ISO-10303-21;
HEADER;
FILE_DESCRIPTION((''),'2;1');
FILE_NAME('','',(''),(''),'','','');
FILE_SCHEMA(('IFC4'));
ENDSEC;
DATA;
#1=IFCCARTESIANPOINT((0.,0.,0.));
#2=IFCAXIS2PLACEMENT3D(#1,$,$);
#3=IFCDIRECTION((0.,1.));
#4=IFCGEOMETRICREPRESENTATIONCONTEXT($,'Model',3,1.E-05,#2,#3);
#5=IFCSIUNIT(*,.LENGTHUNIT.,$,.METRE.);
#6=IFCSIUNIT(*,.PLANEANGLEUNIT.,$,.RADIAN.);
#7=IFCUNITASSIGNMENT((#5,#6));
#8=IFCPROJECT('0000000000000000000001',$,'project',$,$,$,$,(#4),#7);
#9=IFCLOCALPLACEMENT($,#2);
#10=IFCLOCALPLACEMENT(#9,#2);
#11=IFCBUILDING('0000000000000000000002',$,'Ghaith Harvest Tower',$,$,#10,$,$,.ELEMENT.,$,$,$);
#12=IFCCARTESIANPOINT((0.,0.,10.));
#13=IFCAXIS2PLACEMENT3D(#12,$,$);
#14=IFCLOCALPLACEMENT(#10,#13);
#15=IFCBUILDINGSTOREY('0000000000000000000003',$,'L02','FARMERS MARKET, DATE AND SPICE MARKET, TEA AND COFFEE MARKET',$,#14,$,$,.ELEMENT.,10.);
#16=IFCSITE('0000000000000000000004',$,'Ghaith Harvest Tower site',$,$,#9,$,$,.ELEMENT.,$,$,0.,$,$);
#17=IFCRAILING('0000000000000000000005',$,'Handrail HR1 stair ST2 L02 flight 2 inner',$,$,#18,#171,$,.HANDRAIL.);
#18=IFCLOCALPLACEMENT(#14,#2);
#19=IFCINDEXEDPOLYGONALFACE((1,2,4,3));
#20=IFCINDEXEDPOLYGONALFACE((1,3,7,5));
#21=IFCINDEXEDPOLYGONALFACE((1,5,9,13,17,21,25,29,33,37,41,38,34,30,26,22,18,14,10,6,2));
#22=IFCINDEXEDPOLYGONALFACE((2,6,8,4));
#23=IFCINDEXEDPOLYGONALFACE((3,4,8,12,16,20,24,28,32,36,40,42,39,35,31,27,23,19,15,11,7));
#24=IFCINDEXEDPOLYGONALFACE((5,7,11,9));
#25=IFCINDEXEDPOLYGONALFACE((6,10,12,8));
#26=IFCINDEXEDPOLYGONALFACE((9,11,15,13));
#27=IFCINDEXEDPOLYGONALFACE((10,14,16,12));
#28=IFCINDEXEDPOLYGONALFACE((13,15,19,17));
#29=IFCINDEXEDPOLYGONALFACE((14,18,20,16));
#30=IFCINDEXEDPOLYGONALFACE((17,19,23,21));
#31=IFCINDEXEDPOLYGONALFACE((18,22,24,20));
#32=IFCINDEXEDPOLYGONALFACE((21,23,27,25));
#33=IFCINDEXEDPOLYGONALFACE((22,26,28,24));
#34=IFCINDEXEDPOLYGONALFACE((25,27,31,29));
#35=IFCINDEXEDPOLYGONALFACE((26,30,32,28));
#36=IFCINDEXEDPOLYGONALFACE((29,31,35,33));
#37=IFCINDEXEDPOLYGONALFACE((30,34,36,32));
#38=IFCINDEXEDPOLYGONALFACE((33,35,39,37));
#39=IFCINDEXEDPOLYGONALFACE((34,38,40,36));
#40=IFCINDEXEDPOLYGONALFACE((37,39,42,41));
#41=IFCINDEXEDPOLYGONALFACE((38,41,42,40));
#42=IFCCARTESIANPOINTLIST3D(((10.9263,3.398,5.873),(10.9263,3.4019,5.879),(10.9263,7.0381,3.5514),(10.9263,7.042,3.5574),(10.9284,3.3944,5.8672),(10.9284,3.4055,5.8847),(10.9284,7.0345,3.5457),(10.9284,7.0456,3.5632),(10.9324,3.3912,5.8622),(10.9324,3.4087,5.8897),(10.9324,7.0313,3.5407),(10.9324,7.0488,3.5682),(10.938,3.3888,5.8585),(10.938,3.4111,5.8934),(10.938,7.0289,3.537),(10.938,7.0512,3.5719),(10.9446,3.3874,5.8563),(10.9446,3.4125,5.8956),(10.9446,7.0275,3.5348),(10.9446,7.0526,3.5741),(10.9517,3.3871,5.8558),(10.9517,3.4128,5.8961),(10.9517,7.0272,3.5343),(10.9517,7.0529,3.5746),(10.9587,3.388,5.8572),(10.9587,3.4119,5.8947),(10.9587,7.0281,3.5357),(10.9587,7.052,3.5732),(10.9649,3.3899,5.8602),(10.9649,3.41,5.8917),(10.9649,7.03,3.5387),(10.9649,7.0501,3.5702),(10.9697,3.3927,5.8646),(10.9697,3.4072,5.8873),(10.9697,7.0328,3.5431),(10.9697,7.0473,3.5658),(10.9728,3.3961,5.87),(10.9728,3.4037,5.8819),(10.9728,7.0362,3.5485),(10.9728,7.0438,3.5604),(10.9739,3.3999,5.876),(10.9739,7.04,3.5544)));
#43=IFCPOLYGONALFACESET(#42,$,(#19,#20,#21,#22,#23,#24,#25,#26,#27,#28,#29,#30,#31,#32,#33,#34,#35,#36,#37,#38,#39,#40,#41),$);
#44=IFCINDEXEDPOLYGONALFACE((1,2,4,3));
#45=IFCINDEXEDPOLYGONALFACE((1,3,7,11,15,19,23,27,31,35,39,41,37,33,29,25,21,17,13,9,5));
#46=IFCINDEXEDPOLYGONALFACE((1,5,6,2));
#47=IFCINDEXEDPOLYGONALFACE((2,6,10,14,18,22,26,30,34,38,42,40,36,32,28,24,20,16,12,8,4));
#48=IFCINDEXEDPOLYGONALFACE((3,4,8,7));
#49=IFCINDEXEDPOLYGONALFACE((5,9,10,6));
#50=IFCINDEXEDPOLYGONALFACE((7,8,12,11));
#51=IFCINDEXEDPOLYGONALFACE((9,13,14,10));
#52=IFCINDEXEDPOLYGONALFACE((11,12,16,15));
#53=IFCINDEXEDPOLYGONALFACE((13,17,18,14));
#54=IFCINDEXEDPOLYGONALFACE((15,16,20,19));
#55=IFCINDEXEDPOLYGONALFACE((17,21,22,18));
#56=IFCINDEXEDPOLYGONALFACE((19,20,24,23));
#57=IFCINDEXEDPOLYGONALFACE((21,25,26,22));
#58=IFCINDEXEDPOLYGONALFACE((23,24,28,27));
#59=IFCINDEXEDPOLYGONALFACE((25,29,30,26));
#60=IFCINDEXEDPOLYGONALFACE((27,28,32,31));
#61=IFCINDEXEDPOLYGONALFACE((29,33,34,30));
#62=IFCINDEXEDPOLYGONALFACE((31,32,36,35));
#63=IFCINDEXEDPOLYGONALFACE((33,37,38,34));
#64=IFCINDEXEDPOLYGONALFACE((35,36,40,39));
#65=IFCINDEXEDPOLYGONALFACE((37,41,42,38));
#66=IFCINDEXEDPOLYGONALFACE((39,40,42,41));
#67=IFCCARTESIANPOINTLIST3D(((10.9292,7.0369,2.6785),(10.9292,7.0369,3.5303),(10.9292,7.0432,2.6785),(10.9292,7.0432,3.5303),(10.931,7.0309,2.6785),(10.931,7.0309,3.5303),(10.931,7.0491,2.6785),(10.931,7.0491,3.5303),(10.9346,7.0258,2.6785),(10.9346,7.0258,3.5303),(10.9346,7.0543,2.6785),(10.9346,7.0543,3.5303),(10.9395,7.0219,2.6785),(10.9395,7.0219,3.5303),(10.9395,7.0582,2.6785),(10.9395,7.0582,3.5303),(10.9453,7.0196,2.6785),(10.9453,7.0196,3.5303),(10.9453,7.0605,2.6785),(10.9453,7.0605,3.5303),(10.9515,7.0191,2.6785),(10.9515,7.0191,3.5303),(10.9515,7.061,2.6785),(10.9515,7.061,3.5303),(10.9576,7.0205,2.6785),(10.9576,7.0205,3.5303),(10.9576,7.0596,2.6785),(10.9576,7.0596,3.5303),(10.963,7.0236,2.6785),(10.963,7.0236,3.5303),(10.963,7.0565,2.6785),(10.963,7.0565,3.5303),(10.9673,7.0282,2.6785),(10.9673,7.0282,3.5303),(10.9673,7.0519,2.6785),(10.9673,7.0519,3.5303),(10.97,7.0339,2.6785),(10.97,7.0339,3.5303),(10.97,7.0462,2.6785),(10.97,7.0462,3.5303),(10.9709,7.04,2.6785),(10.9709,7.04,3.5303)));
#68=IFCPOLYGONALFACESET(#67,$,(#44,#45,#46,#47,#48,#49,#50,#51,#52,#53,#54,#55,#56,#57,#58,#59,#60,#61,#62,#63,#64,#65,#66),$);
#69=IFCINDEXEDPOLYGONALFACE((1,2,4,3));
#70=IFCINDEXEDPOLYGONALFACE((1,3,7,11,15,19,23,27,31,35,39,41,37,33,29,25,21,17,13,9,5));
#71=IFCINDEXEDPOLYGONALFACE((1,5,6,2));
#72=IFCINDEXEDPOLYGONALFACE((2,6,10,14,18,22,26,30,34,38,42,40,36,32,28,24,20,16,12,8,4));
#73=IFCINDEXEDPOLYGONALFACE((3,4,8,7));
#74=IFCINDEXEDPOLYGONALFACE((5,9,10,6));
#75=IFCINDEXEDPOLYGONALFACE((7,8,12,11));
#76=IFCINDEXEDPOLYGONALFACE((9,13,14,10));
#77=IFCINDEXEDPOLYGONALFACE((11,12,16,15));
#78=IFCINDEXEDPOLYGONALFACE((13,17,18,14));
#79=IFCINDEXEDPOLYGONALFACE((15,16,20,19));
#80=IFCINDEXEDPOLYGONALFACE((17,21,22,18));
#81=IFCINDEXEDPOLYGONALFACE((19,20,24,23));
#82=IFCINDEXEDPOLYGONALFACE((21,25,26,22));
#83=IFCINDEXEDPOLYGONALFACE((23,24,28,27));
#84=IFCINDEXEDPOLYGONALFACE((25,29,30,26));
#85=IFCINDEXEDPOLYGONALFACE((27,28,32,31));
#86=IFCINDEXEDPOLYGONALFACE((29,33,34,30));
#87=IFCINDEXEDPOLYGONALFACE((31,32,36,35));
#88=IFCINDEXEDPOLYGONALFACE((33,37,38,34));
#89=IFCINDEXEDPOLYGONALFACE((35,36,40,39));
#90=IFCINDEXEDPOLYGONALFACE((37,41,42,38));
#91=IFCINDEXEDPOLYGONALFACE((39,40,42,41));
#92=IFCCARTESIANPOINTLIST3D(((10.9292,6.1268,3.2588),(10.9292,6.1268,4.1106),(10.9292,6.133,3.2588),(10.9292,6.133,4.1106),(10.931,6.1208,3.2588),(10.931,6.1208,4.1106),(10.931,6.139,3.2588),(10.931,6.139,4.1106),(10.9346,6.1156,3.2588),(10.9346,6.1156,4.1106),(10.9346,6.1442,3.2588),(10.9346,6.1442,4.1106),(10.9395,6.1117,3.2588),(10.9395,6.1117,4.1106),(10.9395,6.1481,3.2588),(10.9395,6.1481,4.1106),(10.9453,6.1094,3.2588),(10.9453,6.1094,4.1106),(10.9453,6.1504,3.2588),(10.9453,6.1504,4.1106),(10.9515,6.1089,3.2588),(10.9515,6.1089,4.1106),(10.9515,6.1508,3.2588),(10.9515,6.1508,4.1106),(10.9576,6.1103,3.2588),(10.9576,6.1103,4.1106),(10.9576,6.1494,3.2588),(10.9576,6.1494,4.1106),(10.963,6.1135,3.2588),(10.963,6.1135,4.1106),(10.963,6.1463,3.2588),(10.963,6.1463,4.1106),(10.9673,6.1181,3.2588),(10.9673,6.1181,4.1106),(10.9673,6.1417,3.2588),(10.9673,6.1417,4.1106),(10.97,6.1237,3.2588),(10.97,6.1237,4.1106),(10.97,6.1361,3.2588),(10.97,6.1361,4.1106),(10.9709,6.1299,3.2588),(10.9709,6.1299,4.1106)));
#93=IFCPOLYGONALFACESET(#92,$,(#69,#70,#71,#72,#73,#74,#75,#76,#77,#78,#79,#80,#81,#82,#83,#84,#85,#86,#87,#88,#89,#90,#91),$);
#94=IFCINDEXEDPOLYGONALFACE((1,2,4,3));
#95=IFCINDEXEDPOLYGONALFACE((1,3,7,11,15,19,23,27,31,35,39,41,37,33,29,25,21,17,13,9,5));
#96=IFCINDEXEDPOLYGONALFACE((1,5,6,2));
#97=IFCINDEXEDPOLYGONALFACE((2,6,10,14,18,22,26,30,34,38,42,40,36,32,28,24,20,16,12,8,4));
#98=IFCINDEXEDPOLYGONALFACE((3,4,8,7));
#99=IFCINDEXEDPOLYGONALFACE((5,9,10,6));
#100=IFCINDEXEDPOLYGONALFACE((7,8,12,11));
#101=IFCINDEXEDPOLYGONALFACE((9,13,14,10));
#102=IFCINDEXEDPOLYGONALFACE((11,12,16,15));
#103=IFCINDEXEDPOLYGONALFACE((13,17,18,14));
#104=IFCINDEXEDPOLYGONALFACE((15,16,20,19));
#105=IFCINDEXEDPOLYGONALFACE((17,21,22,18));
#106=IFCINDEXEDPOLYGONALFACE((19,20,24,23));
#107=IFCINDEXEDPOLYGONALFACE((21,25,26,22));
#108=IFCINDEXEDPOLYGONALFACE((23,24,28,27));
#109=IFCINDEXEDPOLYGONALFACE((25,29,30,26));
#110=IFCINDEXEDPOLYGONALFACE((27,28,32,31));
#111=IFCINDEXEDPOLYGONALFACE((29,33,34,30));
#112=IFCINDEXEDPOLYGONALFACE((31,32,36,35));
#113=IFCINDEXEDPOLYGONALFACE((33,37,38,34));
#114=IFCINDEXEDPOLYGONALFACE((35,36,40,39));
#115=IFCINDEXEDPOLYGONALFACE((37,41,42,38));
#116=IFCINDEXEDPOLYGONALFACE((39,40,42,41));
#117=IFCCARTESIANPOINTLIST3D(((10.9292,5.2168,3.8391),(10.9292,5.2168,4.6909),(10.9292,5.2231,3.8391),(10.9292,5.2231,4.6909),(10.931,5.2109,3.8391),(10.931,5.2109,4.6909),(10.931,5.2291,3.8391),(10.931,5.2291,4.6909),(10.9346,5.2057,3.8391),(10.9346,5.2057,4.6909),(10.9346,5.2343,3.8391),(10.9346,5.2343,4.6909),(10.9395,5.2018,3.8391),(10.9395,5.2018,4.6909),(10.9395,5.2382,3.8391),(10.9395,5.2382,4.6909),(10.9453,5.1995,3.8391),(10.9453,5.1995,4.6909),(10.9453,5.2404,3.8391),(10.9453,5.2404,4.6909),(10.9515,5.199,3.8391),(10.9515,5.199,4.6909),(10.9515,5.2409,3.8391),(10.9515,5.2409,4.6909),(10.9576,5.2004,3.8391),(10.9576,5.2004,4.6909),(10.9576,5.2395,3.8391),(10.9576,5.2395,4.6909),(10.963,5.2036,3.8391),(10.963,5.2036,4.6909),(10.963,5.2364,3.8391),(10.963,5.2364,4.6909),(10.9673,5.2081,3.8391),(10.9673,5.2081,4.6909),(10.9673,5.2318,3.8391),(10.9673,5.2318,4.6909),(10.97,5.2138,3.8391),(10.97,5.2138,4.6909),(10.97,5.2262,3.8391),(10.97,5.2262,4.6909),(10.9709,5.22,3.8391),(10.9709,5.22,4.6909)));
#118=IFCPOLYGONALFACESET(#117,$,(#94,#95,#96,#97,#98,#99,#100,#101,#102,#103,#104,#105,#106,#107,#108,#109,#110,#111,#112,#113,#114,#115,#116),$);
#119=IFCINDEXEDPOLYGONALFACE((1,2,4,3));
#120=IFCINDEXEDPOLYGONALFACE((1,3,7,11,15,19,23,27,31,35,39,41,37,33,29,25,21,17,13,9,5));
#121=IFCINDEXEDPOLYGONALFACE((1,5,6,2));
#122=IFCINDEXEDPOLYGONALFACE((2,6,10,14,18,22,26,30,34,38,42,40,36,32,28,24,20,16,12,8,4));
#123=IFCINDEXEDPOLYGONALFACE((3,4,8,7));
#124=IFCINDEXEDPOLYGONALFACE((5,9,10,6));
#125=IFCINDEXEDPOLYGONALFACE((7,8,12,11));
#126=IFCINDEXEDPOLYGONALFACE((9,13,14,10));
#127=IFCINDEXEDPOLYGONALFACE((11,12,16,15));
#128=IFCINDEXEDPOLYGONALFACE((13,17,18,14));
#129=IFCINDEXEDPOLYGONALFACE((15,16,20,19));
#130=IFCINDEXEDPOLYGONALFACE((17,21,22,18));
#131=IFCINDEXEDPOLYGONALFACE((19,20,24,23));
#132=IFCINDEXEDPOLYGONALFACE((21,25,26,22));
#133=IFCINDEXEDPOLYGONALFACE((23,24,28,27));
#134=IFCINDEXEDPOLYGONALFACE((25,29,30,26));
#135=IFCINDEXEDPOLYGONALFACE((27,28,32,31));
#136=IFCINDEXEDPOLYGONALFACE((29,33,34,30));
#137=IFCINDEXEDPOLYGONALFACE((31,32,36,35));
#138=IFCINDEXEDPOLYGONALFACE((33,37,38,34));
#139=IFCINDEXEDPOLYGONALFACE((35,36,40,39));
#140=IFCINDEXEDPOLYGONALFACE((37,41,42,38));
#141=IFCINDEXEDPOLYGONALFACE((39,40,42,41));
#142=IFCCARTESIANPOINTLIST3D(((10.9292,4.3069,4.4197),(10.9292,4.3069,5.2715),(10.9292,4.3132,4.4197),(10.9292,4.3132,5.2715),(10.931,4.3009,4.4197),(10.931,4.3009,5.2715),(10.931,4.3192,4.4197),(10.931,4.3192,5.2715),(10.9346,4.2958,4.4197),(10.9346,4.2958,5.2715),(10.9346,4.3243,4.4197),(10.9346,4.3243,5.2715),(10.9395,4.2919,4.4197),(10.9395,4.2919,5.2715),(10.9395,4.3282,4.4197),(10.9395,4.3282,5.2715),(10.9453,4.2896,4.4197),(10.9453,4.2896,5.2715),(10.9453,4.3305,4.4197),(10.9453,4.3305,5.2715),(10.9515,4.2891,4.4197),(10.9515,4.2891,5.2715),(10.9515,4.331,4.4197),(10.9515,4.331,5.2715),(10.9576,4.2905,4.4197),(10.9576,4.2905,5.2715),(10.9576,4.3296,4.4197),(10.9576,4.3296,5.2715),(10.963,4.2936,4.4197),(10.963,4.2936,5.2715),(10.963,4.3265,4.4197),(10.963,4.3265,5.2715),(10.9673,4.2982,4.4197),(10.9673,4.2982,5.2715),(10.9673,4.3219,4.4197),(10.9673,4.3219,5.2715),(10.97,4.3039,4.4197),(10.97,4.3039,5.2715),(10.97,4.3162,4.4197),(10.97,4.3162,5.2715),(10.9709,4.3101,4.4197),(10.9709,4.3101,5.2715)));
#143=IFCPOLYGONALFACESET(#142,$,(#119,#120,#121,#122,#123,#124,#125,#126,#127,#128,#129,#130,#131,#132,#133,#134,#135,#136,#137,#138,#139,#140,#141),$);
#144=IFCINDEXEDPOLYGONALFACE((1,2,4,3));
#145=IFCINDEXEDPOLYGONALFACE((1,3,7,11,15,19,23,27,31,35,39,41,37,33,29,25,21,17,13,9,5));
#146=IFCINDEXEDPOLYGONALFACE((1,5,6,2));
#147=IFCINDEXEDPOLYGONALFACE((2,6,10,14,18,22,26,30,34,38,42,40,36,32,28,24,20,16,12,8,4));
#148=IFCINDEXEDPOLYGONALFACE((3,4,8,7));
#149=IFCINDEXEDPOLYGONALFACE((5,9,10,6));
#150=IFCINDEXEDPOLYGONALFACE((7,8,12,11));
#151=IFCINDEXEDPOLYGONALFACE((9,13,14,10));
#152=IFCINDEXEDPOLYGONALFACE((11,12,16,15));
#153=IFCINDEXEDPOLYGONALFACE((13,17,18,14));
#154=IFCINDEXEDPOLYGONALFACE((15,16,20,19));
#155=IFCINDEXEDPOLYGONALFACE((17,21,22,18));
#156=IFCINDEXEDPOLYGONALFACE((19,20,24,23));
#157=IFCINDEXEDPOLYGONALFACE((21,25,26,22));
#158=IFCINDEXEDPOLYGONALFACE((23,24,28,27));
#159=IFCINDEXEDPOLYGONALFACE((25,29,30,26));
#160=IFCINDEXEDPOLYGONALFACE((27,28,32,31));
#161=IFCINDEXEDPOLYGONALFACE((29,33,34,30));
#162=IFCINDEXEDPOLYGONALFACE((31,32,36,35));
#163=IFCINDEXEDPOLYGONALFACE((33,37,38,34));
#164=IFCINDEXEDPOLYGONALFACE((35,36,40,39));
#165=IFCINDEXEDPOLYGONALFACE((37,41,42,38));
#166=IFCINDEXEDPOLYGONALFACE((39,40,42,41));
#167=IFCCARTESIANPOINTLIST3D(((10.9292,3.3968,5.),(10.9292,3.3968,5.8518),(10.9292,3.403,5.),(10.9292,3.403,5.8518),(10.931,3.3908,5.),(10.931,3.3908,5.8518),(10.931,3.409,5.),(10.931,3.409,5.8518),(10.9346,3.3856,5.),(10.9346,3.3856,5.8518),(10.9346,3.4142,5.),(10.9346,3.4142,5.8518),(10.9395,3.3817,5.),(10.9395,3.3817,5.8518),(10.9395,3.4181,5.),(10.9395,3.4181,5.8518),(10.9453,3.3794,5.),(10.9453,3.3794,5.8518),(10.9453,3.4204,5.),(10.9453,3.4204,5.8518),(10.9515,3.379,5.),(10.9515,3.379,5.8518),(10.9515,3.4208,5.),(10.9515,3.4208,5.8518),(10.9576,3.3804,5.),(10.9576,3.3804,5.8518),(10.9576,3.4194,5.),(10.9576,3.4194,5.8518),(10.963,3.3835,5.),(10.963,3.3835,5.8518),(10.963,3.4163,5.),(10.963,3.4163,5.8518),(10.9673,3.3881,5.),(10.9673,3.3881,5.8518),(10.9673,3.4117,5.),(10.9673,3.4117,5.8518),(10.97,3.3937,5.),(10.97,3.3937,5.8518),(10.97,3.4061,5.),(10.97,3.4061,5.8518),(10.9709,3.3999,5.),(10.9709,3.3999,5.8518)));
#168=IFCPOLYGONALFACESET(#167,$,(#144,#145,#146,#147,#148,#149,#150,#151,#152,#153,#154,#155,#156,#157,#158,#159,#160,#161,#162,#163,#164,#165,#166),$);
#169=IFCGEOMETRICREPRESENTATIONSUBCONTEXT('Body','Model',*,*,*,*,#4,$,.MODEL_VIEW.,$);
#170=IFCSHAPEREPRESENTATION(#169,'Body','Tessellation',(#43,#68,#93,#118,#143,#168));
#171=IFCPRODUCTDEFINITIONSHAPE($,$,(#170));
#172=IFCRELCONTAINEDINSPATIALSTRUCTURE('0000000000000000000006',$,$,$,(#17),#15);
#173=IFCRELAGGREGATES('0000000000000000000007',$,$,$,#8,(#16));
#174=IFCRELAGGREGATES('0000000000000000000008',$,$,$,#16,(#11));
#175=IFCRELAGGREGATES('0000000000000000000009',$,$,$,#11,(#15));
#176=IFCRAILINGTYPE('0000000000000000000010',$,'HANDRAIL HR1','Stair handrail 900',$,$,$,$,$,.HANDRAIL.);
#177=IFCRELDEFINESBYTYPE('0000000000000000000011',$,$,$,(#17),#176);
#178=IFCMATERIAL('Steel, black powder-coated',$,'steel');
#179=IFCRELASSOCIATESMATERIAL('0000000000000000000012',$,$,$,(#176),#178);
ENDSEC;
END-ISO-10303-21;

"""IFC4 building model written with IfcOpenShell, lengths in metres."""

from ifc_helpers import new_model, si_unit, direction, frame, origin, origin_2d, place, context, subcontext, project, spatial, circle, extrude, material, type_object, element, save


model = new_model("IFC4")

# Units and contexts
model_context = context("Model", 3, precision=1e-05, world=origin(), true_north=direction((0.0, 1.0)))
body_context = subcontext(model_context, "Body", "Model", "MODEL_VIEW")
ifc_project = project(units=[si_unit("LENGTHUNIT", "METRE"), si_unit("PLANEANGLEUNIT", "RADIAN")], contexts=[model_context])

# Site, building, storey
site_placement = place(None, origin())
site = spatial("IfcSite", under=ifc_project, at=site_placement, Name="Ghaith Harvest Tower site", CompositionType="ELEMENT", RefElevation=0.0)
building_placement = place(site_placement, origin())
building = spatial("IfcBuilding", under=site, at=building_placement, Name="Ghaith Harvest Tower", CompositionType="ELEMENT")
storey_placement = place(building_placement, frame((0.0, 0.0, 10.0)))
storey = spatial("IfcBuildingStorey", under=building, at=storey_placement, Name="L02", Description="FARMERS MARKET, DATE AND SPICE MARKET, TEA AND COFFEE MARKET", CompositionType="ELEMENT", Elevation=10.0)

# Railing
ifc_material_1 = material(Name="Steel, black powder-coated", Category="steel")
railing_type = type_object("IfcRailingType", Name="HANDRAIL HR1", Description="Stair handrail 900", PredefinedType="HANDRAIL", material=ifc_material_1)
railing_1_placement = place(storey_placement, frame((10.95, 7.04, 2.6785)))
element("IfcRailing", 1, at=railing_1_placement, inside=storey, type_object=railing_type, Name="Handrail HR1 stair ST2 L02 flight 2 inner", PredefinedType="HANDRAIL", context=body_context, shape_type="SweptSolid", body=[
    extrude(circle(Radius=0.0239, at=origin_2d()), frame((0.0, 0.0, 0.876), z_axis=(0.0, -0.843128, 0.537713), x_axis=(1.0, 0.0, 0.0)), (0.0, 0.0, 1.0), 4.3174),
    extrude(circle(Radius=0.021, at=origin_2d()), origin(), (0.0, 0.0, 1.0), 0.8518),
    extrude(circle(Radius=0.021, at=origin_2d()), frame((0.0, -0.9102, 0.5803)), (0.0, 0.0, 1.0), 0.8518),
    extrude(circle(Radius=0.021, at=origin_2d()), frame((0.0, -1.8201, 1.1606)), (0.0, 0.0, 1.0), 0.8518),
    extrude(circle(Radius=0.021, at=origin_2d()), frame((0.0, -2.73, 1.7412)), (0.0, 0.0, 1.0), 0.8518),
    extrude(circle(Radius=0.021, at=origin_2d()), frame((0.0, -3.6401, 2.3215)), (0.0, 0.0, 1.0), 0.8518),
])

save(model, "model.ifc")
